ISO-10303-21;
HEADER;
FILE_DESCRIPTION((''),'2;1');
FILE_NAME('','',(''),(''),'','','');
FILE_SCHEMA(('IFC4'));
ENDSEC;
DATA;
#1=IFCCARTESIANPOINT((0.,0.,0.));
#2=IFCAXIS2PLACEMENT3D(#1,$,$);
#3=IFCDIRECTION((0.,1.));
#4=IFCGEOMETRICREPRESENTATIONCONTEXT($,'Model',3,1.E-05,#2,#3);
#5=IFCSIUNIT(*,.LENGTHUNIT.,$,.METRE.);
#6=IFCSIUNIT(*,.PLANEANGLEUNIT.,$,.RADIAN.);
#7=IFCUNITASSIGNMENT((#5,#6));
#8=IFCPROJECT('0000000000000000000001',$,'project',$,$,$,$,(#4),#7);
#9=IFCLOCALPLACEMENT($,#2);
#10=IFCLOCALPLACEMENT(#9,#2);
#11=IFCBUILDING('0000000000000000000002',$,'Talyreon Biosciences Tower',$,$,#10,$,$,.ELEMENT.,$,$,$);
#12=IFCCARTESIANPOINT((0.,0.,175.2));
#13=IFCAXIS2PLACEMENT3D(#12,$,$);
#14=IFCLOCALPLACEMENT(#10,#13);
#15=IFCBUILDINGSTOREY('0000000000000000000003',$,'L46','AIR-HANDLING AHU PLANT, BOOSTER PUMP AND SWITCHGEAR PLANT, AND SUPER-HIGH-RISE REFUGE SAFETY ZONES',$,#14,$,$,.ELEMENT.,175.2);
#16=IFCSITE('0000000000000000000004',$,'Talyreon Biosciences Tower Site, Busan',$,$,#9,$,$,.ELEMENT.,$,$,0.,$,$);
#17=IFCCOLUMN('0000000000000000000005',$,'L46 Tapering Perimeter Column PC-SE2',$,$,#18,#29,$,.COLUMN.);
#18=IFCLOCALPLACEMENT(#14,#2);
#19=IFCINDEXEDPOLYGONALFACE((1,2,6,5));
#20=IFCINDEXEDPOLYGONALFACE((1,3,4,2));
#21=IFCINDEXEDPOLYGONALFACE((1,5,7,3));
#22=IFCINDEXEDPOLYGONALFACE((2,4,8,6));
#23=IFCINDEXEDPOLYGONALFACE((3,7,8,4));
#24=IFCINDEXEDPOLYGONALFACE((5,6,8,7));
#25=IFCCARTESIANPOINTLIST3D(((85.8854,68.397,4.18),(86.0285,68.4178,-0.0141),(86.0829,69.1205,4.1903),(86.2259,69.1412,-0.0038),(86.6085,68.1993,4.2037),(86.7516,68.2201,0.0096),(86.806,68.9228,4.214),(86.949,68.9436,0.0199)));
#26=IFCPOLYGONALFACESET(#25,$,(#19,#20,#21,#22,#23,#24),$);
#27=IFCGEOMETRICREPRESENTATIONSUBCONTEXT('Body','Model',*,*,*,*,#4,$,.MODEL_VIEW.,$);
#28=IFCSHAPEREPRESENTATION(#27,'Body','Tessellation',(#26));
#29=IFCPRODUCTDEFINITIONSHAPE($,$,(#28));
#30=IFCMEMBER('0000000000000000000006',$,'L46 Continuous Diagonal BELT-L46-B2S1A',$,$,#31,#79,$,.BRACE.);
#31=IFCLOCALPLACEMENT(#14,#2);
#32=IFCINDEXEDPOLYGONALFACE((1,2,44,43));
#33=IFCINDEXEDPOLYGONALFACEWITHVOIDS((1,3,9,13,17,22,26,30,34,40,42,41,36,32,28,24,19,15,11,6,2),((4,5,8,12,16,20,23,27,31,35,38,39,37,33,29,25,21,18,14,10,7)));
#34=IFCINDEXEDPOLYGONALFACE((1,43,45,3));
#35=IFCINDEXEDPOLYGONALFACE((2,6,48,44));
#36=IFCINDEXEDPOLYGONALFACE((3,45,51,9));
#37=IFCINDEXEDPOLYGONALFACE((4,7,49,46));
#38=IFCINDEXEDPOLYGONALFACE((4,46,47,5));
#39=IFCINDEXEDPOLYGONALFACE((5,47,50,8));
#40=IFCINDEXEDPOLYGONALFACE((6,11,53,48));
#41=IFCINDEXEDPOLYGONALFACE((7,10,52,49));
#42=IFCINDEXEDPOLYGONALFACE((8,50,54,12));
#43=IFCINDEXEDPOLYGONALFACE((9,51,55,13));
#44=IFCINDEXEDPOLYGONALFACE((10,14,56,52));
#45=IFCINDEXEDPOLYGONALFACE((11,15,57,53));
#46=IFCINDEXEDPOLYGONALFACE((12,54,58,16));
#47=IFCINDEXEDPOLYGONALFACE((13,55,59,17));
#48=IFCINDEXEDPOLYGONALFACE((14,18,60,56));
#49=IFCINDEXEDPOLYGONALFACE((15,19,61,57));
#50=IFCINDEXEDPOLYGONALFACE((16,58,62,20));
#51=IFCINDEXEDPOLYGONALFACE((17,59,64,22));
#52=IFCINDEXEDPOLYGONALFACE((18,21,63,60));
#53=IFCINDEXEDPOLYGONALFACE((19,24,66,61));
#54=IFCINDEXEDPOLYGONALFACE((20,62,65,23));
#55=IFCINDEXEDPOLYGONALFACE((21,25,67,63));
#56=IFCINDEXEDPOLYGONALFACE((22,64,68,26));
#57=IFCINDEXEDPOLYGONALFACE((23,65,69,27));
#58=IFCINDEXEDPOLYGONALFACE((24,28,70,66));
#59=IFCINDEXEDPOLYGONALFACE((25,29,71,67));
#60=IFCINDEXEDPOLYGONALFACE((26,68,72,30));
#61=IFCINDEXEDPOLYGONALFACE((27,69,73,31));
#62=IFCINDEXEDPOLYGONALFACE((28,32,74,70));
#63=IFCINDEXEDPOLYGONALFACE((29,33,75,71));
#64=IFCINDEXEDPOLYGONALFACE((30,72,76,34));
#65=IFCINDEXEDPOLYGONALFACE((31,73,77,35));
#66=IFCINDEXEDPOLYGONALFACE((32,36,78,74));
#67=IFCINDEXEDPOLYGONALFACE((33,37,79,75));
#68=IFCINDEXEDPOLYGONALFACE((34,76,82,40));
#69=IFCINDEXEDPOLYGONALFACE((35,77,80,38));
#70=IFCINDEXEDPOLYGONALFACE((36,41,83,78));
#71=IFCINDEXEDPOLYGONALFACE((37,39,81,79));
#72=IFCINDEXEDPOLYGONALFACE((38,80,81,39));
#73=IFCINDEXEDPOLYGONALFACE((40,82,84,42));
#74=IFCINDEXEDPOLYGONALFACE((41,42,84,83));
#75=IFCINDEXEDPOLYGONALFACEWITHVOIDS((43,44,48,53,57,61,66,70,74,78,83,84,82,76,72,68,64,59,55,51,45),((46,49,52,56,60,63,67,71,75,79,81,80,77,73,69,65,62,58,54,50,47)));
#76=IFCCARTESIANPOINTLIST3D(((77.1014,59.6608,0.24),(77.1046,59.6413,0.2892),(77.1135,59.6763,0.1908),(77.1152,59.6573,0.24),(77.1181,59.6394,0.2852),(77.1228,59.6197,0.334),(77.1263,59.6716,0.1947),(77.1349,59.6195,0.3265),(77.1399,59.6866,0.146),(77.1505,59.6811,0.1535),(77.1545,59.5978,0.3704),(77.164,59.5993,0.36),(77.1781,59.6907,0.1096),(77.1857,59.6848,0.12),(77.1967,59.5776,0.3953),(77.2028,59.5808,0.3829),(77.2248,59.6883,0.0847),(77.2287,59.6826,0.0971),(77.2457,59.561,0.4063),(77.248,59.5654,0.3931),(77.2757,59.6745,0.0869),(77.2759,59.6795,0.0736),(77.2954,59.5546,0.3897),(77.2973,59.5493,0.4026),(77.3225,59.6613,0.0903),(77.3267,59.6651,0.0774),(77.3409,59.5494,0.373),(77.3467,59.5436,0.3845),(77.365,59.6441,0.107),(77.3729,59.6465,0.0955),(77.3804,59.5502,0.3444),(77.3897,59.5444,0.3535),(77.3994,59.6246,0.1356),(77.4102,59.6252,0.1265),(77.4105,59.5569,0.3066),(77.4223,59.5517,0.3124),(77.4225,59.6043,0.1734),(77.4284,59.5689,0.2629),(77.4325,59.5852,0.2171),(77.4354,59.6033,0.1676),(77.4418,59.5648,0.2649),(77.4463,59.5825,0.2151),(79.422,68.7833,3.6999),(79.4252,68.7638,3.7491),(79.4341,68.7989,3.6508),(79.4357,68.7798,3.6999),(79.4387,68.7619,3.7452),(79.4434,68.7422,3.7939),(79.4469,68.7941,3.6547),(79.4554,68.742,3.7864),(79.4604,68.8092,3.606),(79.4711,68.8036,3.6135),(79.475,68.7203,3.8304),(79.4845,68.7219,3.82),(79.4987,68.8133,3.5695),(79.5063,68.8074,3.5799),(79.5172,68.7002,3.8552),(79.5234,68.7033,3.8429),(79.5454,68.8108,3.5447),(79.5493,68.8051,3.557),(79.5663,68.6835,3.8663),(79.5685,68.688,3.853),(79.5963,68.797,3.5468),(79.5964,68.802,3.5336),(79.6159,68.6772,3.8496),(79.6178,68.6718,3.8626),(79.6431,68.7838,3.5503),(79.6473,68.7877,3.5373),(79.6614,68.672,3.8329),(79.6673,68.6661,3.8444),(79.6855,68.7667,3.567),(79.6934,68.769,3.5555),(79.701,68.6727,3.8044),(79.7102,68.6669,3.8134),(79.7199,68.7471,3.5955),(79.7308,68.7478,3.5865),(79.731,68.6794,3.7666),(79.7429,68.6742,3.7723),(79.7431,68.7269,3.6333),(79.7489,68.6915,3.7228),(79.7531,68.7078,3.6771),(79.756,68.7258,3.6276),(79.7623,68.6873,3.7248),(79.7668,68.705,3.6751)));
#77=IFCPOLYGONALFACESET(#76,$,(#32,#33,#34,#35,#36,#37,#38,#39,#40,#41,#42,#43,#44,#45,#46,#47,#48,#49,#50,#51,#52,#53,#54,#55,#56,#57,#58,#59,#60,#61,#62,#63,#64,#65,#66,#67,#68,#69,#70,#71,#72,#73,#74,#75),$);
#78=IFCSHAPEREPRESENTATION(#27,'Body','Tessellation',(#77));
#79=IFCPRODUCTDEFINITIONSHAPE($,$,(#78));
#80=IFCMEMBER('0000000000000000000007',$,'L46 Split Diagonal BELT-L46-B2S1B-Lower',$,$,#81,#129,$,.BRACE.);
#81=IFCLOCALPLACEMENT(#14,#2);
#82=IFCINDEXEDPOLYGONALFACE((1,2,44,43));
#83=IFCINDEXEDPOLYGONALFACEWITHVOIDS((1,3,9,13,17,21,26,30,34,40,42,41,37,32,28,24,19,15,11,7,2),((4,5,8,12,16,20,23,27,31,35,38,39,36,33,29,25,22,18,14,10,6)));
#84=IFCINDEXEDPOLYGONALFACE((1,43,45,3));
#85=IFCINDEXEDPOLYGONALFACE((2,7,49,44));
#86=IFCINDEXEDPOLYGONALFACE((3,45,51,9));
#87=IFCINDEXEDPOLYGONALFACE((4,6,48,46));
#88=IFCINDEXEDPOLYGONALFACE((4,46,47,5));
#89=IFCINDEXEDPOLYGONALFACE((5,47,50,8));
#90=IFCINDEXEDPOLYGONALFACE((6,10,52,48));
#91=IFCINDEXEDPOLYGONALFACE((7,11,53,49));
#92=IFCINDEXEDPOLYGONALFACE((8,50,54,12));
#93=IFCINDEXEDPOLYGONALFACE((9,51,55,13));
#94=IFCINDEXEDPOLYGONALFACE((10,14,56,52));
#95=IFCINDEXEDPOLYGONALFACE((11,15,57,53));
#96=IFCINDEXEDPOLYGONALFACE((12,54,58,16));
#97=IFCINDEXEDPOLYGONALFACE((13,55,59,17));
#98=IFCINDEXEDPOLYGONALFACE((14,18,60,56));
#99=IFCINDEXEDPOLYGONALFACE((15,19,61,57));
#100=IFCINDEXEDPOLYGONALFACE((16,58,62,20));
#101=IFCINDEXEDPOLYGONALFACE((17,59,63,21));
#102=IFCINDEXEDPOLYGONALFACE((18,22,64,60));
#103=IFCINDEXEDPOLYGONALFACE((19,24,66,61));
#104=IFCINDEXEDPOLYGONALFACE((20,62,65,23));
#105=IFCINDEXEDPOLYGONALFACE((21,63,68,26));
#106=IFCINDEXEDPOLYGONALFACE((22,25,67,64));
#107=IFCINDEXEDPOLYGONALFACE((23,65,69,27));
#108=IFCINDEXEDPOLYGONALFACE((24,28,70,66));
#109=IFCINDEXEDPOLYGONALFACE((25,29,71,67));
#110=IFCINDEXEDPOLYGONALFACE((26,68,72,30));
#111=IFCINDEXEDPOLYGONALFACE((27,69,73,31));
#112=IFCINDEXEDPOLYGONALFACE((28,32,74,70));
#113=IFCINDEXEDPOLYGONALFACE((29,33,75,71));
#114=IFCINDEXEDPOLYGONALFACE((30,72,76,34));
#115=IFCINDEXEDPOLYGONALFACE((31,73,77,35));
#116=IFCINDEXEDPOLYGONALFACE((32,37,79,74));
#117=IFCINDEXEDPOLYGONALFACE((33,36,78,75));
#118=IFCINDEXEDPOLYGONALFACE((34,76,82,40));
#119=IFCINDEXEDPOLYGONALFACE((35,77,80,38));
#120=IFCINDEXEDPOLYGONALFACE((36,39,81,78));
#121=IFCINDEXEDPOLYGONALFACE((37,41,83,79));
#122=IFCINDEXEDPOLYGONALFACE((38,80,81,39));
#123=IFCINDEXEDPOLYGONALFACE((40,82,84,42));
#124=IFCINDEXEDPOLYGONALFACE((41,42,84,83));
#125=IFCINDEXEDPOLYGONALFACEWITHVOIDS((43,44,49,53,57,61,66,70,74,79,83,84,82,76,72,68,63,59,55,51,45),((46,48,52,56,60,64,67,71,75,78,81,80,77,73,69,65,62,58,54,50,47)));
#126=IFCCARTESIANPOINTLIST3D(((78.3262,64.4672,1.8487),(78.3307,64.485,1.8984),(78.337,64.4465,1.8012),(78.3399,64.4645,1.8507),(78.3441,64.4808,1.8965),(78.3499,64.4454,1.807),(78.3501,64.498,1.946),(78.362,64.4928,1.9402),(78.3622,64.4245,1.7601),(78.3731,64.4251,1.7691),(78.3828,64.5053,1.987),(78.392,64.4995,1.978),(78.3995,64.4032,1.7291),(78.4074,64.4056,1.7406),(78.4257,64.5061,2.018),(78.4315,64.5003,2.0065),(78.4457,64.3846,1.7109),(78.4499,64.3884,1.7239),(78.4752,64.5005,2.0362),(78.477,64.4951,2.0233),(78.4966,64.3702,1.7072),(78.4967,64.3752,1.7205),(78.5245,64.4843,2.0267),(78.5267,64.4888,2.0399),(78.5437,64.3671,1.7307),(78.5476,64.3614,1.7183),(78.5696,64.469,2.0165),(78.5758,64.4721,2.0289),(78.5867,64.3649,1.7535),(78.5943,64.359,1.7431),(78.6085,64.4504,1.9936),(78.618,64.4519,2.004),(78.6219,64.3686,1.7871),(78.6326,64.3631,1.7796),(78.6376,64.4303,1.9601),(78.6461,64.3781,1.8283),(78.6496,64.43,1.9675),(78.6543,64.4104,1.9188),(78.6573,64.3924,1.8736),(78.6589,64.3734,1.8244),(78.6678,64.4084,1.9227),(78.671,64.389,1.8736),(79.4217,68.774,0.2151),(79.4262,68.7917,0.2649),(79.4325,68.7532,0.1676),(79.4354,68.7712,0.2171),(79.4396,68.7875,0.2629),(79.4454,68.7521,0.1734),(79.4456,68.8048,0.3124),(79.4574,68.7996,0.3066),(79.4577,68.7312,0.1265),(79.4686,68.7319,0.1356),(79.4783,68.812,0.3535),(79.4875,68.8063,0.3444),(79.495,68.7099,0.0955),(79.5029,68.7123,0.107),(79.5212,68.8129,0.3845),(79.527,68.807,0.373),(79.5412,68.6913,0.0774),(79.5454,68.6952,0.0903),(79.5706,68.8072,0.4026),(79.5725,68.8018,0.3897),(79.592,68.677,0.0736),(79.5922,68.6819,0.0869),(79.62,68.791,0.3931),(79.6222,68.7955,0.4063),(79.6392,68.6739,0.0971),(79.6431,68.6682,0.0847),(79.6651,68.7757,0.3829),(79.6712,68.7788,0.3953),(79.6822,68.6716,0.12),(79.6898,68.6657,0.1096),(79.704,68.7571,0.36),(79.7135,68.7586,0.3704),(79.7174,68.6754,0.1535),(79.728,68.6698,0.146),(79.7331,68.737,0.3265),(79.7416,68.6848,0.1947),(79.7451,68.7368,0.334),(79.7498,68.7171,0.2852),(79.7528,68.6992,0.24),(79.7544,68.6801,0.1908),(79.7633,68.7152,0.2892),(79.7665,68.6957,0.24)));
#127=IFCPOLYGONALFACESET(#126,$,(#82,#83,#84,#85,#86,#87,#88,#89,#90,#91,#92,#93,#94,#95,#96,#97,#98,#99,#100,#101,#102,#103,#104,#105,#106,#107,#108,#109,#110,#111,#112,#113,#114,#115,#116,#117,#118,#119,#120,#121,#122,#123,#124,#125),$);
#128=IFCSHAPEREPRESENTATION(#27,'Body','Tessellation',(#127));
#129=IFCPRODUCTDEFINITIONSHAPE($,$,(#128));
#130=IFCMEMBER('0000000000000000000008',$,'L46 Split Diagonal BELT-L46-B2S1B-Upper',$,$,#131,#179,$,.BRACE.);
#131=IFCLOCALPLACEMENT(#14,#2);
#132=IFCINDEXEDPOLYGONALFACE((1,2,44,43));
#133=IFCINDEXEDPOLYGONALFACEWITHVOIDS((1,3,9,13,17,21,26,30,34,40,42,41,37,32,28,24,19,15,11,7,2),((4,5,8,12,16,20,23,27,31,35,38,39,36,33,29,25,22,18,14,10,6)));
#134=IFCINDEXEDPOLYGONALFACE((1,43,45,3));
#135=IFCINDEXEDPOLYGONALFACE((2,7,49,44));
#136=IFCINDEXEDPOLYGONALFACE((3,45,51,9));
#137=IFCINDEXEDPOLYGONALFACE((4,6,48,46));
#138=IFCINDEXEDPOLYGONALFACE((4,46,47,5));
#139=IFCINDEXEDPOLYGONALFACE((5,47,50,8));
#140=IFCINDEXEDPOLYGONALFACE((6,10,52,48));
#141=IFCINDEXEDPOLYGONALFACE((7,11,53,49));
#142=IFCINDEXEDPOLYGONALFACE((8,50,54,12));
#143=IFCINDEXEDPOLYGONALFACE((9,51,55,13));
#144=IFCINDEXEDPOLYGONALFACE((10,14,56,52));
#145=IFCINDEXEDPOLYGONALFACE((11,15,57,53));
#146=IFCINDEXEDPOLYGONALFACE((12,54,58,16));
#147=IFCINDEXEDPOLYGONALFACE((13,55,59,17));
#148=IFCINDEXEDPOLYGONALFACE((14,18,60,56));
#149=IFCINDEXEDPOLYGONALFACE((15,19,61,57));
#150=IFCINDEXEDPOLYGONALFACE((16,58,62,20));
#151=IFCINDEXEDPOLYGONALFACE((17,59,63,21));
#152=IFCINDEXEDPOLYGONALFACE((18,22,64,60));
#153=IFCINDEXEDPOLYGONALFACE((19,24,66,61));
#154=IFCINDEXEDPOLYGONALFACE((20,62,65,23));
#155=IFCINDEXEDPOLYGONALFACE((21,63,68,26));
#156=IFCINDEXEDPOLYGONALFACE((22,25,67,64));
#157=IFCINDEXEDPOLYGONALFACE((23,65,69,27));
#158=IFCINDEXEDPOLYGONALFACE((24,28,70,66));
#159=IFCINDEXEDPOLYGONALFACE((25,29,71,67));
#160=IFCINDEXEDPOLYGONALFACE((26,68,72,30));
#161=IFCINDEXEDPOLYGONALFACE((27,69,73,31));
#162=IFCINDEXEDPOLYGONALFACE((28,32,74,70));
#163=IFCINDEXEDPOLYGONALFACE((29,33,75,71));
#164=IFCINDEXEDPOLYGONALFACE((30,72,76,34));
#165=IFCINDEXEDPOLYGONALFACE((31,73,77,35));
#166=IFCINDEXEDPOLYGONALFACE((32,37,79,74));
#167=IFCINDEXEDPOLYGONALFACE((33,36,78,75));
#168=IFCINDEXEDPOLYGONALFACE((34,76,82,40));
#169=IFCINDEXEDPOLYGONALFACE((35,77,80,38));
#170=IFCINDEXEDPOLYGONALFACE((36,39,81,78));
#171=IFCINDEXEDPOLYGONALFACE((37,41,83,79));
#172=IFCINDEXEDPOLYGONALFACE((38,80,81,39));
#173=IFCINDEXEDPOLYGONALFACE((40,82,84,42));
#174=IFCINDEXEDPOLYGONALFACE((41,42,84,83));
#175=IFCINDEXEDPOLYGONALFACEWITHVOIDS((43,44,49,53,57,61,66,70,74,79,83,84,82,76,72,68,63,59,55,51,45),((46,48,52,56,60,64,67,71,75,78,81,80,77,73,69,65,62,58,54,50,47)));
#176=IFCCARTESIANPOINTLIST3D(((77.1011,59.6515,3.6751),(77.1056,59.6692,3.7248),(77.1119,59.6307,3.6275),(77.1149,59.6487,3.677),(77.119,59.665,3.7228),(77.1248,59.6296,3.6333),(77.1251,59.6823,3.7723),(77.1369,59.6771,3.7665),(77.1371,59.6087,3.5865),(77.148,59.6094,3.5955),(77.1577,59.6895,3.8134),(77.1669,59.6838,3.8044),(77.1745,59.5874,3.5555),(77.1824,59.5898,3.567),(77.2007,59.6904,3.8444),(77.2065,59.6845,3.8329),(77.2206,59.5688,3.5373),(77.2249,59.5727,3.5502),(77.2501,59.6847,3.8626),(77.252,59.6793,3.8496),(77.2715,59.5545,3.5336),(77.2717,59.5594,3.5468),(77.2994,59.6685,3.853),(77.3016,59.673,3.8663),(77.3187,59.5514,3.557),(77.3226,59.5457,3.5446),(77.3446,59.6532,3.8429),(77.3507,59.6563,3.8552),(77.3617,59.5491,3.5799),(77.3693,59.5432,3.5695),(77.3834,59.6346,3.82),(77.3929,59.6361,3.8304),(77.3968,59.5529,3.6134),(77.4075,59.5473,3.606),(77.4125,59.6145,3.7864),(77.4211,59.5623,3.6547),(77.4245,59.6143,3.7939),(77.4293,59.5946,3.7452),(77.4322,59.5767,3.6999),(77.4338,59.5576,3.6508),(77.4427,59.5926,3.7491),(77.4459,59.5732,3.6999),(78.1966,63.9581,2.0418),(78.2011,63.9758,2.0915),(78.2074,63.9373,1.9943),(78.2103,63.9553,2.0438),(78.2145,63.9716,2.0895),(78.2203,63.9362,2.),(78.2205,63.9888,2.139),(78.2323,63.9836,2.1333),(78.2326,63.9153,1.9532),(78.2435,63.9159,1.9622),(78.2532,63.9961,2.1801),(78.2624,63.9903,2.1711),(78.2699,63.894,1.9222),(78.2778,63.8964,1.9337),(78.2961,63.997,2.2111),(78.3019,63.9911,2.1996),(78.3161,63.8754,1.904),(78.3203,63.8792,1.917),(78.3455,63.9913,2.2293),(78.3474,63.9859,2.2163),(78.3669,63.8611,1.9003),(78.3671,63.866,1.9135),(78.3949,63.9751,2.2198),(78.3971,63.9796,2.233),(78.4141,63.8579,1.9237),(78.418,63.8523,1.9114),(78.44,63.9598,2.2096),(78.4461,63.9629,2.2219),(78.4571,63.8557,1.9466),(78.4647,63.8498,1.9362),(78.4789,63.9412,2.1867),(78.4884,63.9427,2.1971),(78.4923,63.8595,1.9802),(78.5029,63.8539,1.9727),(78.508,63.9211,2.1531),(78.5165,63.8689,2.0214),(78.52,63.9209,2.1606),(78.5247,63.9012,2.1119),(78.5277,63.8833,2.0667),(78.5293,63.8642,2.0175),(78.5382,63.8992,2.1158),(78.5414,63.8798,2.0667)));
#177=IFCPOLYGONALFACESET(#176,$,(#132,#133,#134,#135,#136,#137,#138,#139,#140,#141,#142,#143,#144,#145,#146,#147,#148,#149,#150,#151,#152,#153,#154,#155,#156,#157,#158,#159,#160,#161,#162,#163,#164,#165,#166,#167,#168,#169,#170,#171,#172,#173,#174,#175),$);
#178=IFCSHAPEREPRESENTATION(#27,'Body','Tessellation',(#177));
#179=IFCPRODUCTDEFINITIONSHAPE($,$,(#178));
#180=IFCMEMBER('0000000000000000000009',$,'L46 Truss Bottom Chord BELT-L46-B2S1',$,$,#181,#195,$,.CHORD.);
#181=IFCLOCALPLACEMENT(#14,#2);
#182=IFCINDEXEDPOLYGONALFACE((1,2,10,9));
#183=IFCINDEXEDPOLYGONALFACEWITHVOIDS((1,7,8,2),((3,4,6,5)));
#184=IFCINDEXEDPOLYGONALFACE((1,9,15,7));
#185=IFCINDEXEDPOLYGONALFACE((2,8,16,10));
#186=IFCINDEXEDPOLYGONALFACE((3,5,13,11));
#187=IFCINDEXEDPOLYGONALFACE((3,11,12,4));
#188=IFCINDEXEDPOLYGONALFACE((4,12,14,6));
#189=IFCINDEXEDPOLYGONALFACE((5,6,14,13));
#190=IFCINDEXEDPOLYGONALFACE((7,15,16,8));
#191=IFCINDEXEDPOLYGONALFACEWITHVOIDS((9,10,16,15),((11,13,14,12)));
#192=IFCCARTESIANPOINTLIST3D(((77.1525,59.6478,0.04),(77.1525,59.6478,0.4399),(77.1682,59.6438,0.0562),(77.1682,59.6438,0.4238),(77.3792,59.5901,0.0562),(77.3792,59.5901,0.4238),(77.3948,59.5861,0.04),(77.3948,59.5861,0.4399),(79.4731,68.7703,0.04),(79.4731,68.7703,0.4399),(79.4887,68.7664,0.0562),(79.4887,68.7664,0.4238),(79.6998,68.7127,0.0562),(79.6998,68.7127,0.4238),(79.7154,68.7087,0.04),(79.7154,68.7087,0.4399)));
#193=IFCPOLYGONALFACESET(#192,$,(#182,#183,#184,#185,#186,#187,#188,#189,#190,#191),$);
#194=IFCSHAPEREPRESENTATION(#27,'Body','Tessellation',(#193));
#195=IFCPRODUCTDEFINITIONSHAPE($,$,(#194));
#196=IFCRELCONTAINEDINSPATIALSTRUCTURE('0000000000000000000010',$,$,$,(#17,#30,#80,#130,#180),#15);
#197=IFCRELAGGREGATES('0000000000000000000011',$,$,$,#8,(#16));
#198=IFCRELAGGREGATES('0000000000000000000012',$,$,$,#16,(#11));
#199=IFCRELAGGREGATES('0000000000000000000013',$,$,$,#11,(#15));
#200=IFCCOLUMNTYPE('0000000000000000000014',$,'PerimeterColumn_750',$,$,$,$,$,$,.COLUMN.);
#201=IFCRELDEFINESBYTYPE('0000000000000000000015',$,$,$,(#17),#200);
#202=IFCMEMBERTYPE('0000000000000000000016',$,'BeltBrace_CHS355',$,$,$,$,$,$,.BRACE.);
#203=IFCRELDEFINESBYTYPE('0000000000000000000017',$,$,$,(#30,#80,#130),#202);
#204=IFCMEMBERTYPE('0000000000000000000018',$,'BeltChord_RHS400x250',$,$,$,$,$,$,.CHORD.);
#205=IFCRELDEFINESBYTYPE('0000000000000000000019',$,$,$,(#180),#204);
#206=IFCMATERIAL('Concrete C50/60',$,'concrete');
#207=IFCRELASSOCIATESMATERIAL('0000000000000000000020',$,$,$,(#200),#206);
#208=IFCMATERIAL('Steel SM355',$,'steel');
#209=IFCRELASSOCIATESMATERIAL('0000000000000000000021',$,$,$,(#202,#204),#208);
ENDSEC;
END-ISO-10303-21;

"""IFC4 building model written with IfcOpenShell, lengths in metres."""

from ifc_helpers import new_model, si_unit, direction, frame, origin, origin_2d, place, context, subcontext, project, spatial, rectangle, hollow_rectangle, hollow_circle, extrude, material, material_profile, profile_set, type_object, element, save


model = new_model("IFC4")

# Units and contexts
model_context = context("Model", 3, precision=1e-05, world=origin(), true_north=direction((0.0, 1.0)))
body_context = subcontext(model_context, "Body", "Model", "MODEL_VIEW")
ifc_project = project(units=[si_unit("LENGTHUNIT", "METRE"), si_unit("PLANEANGLEUNIT", "RADIAN")], contexts=[model_context])

# Site, building, storey
site_placement = place(None, origin())
site = spatial("IfcSite", under=ifc_project, at=site_placement, Name="Talyreon Biosciences Tower Site, Busan", CompositionType="ELEMENT", RefElevation=0.0)
building_placement = place(site_placement, origin())
building = spatial("IfcBuilding", under=site, at=building_placement, Name="Talyreon Biosciences Tower", CompositionType="ELEMENT")
storey_placement = place(building_placement, frame((0.0, 0.0, 175.2)))
storey = spatial("IfcBuildingStorey", under=building, at=storey_placement, Name="L46", Description="AIR-HANDLING AHU PLANT, BOOSTER PUMP AND SWITCHGEAR PLANT, AND SUPER-HIGH-RISE REFUGE SAFETY ZONES", CompositionType="ELEMENT", Elevation=175.2)

# Column
ifc_material_1 = material(Name="Concrete C50/60", Category="concrete")
ifc_material_profile_1 = material_profile(ifc_material_1, rectangle(XDim=0.75, YDim=0.75, at=origin_2d()), Name="RC 750x750")
ifc_profile_set_1 = profile_set([ifc_material_profile_1], Name="Concrete C50/60")
column_type = type_object("IfcColumnType", Name="PerimeterColumn_750", PredefinedType="COLUMN", material=ifc_profile_set_1)
column_placement = place(storey_placement, frame((86.4888, 68.6807, 0.0029), z_axis=(-0.034091, -0.004945, 0.999406), x_axis=(0.964126, -0.26356, 0.031584)))
element("IfcColumn", 1, at=column_placement, inside=storey, type_object=column_type, Name="L46 Tapering Perimeter Column PC-SE2", PredefinedType="COLUMN", context=body_context, shape_type="SweptSolid", body=[
    extrude(rectangle(XDim=0.75, YDim=0.75, at=origin_2d()), origin(), (0.0, 0.0, 1.0), 4.1965),
])

# Members
ifc_material_2 = material(Name="Steel SM355", Category="steel")
ifc_material_profile_2 = material_profile(ifc_material_2, hollow_circle(Radius=0.1777, WallThickness=0.0142, at=origin_2d()), Name="CHS 355.6x14.2")
ifc_profile_set_2 = profile_set([ifc_material_profile_2], Name="Steel SM355")
member_type_1 = type_object("IfcMemberType", Name="BeltBrace_CHS355", PredefinedType="BRACE", material=ifc_profile_set_2)
member_1_placement = place(storey_placement, frame((77.2737, 59.6169, 0.24), z_axis=(0.231389, 0.909634, 0.345002), x_axis=(-0.969137, 0.246525, 0.0)))
element("IfcMember", 2, at=member_1_placement, inside=storey, type_object=member_type_1, Name="L46 Continuous Diagonal BELT-L46-B2S1A", PredefinedType="BRACE", context=body_context, shape_type="SweptSolid", body=[
    extrude(hollow_circle(Radius=0.1777, WallThickness=0.0142, at=origin_2d()), origin(), (0.0, 0.0, 1.0), 10.0288),
])
member_2_placement = place(storey_placement, frame((79.5942, 68.7395, 0.24), z_axis=(-0.231377, -0.909626, 0.345029), x_axis=(0.969139, -0.246515, 0.0)))
element("IfcMember", 3, at=member_2_placement, inside=storey, type_object=member_type_1, Name="L46 Split Diagonal BELT-L46-B2S1B-Lower", PredefinedType="BRACE", context=body_context, shape_type="SweptSolid", body=[
    extrude(hollow_circle(Radius=0.1777, WallThickness=0.0142, at=origin_2d()), origin(), (0.0, 0.0, 1.0), 4.7346),
])
member_3_placement = place(storey_placement, frame((78.3691, 63.9236, 2.0667), z_axis=(-0.231381, -0.909642, 0.344983), x_axis=(0.969139, -0.246515, 0.0)))
element("IfcMember", 4, at=member_3_placement, inside=storey, type_object=member_type_1, Name="L46 Split Diagonal BELT-L46-B2S1B-Upper", PredefinedType="BRACE", context=body_context, shape_type="SweptSolid", body=[
    extrude(hollow_circle(Radius=0.1777, WallThickness=0.0142, at=origin_2d()), origin(), (0.0, 0.0, 1.0), 4.7344),
])
ifc_material_profile_3 = material_profile(ifc_material_2, hollow_rectangle(XDim=0.25, YDim=0.3999, WallThickness=0.0161, at=origin_2d()), Name="RHS 400x250x16")
ifc_profile_set_3 = profile_set([ifc_material_profile_3], Name="Steel SM355")
member_type_2 = type_object("IfcMemberType", Name="BeltChord_RHS400x250", PredefinedType="CHORD", material=ifc_profile_set_3)
for number, where, z_axis, x_axis, name in (
    (5, (77.2737, 59.6169, 0.24), (0.246525, 0.969137, 0.0), (-0.969137, 0.246525, 0.0), "L46 Truss Bottom Chord BELT-L46-B2S1"),
):
    element("IfcMember", number, at=place(storey_placement, frame(where, z_axis=z_axis, x_axis=x_axis)), inside=storey, type_object=member_type_2, Name=name, PredefinedType="CHORD", context=body_context, shape_type="SweptSolid", body=[
        extrude(hollow_rectangle(XDim=0.25, YDim=0.3999, WallThickness=0.0161, at=origin_2d()), origin(), (0.0, 0.0, 1.0), 9.4131),
    ])

save(model, "model.ifc")
